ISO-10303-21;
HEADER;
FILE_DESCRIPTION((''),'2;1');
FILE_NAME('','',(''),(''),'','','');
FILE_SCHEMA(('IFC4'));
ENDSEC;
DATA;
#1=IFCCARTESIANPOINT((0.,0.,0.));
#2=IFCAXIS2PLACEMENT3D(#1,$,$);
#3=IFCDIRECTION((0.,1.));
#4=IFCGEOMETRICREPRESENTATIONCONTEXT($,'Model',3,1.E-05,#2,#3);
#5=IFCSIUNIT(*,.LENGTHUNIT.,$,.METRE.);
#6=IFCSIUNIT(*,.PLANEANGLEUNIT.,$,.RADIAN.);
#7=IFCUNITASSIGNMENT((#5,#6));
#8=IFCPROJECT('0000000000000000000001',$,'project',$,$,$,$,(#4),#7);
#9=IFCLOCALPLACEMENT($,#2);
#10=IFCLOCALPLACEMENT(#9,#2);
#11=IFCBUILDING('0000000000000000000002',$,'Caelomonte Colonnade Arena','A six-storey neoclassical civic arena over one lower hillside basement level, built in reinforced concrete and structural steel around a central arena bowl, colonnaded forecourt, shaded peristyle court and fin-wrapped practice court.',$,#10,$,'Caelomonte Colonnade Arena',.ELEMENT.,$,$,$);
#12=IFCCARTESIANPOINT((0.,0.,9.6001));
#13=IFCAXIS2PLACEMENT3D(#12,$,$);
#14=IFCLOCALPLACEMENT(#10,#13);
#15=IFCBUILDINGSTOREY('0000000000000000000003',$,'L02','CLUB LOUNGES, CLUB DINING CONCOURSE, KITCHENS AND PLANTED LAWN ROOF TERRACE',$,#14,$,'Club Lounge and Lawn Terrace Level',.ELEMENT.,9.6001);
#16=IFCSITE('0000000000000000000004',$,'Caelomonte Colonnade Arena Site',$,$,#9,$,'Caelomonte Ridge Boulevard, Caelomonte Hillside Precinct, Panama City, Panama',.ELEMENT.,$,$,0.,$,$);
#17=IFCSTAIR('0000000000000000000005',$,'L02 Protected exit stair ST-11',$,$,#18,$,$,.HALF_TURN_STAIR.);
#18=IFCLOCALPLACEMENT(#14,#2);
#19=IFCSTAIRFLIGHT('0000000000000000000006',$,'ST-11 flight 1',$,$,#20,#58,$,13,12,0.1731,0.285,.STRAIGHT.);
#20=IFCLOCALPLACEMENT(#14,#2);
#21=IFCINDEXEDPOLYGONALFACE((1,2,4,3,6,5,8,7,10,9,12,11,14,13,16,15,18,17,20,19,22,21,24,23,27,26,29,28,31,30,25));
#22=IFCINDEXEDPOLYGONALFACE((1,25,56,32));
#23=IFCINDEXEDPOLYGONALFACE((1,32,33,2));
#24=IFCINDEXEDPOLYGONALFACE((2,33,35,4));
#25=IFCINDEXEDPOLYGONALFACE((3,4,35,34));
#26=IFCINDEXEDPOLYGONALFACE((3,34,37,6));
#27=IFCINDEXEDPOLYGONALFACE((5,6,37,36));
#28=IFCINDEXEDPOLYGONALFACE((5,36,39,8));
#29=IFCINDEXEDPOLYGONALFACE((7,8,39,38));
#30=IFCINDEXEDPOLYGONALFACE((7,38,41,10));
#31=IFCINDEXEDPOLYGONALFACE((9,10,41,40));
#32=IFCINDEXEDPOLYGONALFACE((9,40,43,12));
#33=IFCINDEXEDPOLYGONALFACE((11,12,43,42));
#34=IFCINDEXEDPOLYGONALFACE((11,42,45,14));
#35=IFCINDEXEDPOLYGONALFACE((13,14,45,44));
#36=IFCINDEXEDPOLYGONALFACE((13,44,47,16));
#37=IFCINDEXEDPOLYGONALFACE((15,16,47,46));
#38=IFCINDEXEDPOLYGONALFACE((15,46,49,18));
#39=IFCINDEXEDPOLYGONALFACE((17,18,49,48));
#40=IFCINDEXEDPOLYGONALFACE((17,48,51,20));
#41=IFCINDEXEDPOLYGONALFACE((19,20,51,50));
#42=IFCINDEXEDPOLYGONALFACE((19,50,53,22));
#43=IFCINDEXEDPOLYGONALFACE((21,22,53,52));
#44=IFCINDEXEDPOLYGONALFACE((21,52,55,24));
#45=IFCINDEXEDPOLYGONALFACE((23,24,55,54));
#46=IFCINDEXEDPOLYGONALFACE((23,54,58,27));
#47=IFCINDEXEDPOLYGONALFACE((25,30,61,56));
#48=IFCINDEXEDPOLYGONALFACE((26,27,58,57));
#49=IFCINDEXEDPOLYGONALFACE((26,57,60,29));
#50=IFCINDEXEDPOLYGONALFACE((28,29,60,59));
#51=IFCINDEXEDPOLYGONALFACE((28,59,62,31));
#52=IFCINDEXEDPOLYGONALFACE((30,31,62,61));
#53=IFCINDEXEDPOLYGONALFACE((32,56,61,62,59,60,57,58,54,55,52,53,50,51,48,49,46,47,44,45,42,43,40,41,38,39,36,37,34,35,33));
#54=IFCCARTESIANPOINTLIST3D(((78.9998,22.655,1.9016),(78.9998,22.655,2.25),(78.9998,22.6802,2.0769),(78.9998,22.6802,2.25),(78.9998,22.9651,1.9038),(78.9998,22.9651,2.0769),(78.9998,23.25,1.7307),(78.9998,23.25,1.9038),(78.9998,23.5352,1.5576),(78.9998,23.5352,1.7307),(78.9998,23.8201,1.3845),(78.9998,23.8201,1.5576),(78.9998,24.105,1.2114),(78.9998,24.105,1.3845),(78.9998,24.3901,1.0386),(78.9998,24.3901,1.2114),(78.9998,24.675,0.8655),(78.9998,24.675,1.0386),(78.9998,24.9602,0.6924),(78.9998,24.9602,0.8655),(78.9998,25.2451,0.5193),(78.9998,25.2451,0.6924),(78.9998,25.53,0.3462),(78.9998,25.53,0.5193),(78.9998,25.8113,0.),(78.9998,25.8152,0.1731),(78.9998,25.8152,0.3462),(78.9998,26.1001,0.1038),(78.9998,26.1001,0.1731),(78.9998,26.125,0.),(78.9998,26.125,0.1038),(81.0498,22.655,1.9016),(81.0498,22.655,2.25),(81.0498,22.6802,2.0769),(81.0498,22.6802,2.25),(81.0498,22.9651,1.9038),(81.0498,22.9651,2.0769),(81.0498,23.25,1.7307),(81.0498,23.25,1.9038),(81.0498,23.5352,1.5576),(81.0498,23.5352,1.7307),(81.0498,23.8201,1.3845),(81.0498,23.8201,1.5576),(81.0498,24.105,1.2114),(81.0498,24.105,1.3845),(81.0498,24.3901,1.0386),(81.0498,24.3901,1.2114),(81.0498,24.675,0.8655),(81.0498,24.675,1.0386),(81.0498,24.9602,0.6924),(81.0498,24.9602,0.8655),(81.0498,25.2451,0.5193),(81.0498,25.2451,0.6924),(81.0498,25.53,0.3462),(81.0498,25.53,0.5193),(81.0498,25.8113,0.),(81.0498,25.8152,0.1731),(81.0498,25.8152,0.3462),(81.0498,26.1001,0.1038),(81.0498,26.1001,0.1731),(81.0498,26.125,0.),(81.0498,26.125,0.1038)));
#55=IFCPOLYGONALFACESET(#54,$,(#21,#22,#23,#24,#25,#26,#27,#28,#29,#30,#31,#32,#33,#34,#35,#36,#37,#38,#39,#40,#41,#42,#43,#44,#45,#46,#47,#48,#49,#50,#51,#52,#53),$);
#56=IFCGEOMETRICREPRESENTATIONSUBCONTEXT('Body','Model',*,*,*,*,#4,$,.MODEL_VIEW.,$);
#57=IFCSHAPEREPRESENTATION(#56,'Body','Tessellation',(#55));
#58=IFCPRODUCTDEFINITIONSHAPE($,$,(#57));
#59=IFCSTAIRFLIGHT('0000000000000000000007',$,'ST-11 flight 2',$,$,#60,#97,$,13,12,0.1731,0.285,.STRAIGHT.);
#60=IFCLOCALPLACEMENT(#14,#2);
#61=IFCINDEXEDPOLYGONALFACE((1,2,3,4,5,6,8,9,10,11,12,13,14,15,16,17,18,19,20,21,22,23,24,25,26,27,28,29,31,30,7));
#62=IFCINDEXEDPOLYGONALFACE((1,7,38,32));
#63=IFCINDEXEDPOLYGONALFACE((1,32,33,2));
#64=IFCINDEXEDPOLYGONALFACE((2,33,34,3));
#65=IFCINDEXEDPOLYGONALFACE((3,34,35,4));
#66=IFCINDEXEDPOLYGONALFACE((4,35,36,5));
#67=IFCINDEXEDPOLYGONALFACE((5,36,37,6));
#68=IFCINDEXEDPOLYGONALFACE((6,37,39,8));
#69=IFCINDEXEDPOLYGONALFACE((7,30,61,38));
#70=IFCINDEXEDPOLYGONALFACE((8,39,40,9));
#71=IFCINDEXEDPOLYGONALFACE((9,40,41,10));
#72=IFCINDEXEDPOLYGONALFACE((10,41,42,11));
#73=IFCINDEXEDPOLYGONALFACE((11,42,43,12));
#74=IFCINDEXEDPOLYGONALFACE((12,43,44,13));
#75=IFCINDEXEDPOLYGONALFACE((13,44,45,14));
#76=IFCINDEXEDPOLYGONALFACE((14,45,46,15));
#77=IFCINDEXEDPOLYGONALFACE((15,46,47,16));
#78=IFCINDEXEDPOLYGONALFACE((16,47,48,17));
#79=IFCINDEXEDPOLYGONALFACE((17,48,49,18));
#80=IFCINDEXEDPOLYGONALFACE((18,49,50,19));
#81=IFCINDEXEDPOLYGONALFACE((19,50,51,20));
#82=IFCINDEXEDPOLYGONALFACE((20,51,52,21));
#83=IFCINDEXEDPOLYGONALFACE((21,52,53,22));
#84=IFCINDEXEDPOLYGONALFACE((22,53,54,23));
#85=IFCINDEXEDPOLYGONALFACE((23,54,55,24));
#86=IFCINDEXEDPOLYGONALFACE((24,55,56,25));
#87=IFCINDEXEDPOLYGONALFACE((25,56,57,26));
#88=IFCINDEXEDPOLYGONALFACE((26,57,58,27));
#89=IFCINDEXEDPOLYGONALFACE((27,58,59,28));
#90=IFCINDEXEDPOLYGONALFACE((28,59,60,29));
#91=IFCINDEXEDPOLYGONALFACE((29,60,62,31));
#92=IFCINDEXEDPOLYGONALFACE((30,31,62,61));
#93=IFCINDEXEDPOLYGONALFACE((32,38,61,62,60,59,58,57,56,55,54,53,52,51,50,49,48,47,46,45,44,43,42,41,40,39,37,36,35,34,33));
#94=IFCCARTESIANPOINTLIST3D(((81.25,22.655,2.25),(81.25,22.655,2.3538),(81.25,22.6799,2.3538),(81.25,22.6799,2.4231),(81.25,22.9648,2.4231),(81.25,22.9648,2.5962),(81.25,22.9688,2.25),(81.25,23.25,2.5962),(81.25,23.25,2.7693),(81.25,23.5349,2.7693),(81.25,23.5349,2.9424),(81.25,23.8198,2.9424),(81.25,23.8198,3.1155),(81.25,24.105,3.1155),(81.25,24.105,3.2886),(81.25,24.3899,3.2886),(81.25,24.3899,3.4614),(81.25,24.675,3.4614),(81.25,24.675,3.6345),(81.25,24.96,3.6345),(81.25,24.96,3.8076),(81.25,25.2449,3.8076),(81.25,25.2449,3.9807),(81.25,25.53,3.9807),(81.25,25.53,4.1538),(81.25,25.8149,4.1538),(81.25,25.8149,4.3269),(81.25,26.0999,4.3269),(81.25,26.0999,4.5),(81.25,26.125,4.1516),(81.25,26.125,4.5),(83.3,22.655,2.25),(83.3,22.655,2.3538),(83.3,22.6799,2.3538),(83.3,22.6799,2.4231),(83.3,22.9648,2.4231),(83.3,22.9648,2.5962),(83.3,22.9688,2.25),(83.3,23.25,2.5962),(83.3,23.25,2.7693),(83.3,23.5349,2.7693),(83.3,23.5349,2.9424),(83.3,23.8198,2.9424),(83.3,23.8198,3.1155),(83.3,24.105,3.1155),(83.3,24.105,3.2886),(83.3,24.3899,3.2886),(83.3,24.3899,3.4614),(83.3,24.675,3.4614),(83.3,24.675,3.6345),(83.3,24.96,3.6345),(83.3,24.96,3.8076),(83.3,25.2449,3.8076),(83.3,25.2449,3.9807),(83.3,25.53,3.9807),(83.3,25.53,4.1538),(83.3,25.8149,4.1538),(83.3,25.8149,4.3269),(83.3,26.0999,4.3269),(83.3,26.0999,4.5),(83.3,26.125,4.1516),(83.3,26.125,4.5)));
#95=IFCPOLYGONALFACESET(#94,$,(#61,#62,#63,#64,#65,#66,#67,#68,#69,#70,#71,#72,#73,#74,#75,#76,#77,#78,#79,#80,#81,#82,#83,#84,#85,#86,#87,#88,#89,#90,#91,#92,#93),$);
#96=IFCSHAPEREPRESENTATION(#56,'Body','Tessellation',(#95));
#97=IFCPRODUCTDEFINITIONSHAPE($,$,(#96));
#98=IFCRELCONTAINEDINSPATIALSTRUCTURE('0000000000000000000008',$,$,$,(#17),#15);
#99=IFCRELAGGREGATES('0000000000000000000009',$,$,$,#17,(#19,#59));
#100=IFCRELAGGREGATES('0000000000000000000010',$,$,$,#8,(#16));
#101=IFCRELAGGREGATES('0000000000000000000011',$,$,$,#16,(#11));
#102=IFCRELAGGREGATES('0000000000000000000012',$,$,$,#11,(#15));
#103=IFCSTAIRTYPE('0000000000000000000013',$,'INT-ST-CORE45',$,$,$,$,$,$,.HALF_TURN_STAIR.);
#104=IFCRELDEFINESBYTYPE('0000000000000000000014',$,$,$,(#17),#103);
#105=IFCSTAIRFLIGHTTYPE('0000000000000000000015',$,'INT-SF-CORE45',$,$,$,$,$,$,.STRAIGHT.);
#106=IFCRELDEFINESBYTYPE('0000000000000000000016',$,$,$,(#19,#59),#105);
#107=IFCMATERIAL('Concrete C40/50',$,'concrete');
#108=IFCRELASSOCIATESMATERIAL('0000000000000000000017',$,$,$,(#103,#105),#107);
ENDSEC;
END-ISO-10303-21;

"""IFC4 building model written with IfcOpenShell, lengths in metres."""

from ifc_helpers import new_model, si_unit, direction, frame, origin, place, context, subcontext, project, spatial, polyline, outline, extrude, material, type_object, element, aggregate, save


model = new_model("IFC4")

# Units and contexts
model_context = context("Model", 3, precision=1e-05, world=origin(), true_north=direction((0.0, 1.0)))
body_context = subcontext(model_context, "Body", "Model", "MODEL_VIEW")
ifc_project = project(units=[si_unit("LENGTHUNIT", "METRE"), si_unit("PLANEANGLEUNIT", "RADIAN")], contexts=[model_context])

# Site, building, storey
site_placement = place(None, origin())
site = spatial("IfcSite", under=ifc_project, at=site_placement, Name="Caelomonte Colonnade Arena Site", LongName="Caelomonte Ridge Boulevard, Caelomonte Hillside Precinct, Panama City, Panama", CompositionType="ELEMENT", RefElevation=0.0)
building_placement = place(site_placement, origin())
building = spatial("IfcBuilding", under=site, at=building_placement, Name="Caelomonte Colonnade Arena", Description="A six-storey neoclassical civic arena over one lower hillside basement level, built in reinforced concrete and structural steel around a central arena bowl, colonnaded forecourt, shaded peristyle court and fin-wrapped practice court.", LongName="Caelomonte Colonnade Arena", CompositionType="ELEMENT")
storey_placement = place(building_placement, frame((0.0, 0.0, 9.6001)))
storey = spatial("IfcBuildingStorey", under=building, at=storey_placement, Name="L02", Description="CLUB LOUNGES, CLUB DINING CONCOURSE, KITCHENS AND PLANTED LAWN ROOF TERRACE", LongName="Club Lounge and Lawn Terrace Level", CompositionType="ELEMENT", Elevation=9.6001)

# Stair, stair flights
ifc_material_1 = material(Name="Concrete C40/50", Category="concrete")
stair_type = type_object("IfcStairType", Name="INT-ST-CORE45", PredefinedType="HALF_TURN_STAIR", material=ifc_material_1)
stair_placement = place(storey_placement, origin())
stair = element("IfcStair", 1, at=stair_placement, inside=storey, type_object=stair_type, Name="L02 Protected exit stair ST-11", PredefinedType="HALF_TURN_STAIR")
stair_flight_type = type_object("IfcStairFlightType", Name="INT-SF-CORE45", PredefinedType="STRAIGHT", material=ifc_material_1)
stair_flight_1_placement = place(storey_placement, frame((80.0249, 26.1001, 0.0), z_axis=(0.0, 0.0, 1.0), x_axis=(0.0, -1.0, 0.0)))
stair_flight_1 = element("IfcStairFlight", 2, at=stair_flight_1_placement, type_object=stair_flight_type, Name="ST-11 flight 1", NumberOfRisers=13, NumberOfTreads=12, PredefinedType="STRAIGHT", RiserHeight=0.1731, TreadLength=0.285, context=body_context, shape_type="SweptSolid", body=[
    extrude(outline(polyline([(-0.0249, 0.0), (-0.0249, 0.1038), (0.0, 0.1038), (0.0, 0.1731), (0.2849, 0.1731), (0.2849, 0.3462), (0.5701, 0.3462), (0.5701, 0.5193), (0.855, 0.5193), (0.855, 0.6924), (1.1399, 0.6924), (1.1399, 0.8655), (1.425, 0.8655), (1.425, 1.0386), (1.71, 1.0386), (1.71, 1.2114), (1.9951, 1.2114), (1.9951, 1.3845), (2.28, 1.3845), (2.28, 1.5576), (2.5649, 1.5576), (2.5649, 1.7307), (2.8501, 1.7307), (2.8501, 1.9038), (3.135, 1.9038), (3.135, 2.0769), (3.4199, 2.0769), (3.4199, 2.25), (3.4451, 2.25), (3.4451, 1.9016), (0.2888, 0.0), (-0.0249, 0.0)])), frame((0.0, 1.0249, 0.0), z_axis=(0.0, -1.0, 0.0), x_axis=(1.0, 0.0, 0.0)), (0.0, 0.0, 1.0), 2.05),
])
stair_flight_2_placement = place(storey_placement, frame((82.2749, 22.6799, 2.25), z_axis=(0.0, 0.0, 1.0), x_axis=(0.0, 1.0, 0.0)))
stair_flight_2 = element("IfcStairFlight", 3, at=stair_flight_2_placement, type_object=stair_flight_type, Name="ST-11 flight 2", NumberOfRisers=13, NumberOfTreads=12, PredefinedType="STRAIGHT", RiserHeight=0.1731, TreadLength=0.285, context=body_context, shape_type="SweptSolid", body=[
    extrude(outline(polyline([(-0.0249, 0.0), (-0.0249, 0.1038), (0.0, 0.1038), (0.0, 0.1731), (0.2849, 0.1731), (0.2849, 0.3462), (0.5701, 0.3462), (0.5701, 0.5193), (0.855, 0.5193), (0.855, 0.6924), (1.1399, 0.6924), (1.1399, 0.8655), (1.425, 0.8655), (1.425, 1.0386), (1.71, 1.0386), (1.71, 1.2114), (1.9951, 1.2114), (1.9951, 1.3845), (2.28, 1.3845), (2.28, 1.5576), (2.5649, 1.5576), (2.5649, 1.7307), (2.8501, 1.7307), (2.8501, 1.9038), (3.135, 1.9038), (3.135, 2.0769), (3.4199, 2.0769), (3.4199, 2.25), (3.4451, 2.25), (3.4451, 1.9016), (0.2888, 0.0), (-0.0249, 0.0)])), frame((0.0, 1.0249, 0.0), z_axis=(0.0, -1.0, 0.0), x_axis=(1.0, 0.0, 0.0)), (0.0, 0.0, 1.0), 2.05),
])
aggregate(stair, [stair_flight_1, stair_flight_2])

save(model, "model.ifc")
